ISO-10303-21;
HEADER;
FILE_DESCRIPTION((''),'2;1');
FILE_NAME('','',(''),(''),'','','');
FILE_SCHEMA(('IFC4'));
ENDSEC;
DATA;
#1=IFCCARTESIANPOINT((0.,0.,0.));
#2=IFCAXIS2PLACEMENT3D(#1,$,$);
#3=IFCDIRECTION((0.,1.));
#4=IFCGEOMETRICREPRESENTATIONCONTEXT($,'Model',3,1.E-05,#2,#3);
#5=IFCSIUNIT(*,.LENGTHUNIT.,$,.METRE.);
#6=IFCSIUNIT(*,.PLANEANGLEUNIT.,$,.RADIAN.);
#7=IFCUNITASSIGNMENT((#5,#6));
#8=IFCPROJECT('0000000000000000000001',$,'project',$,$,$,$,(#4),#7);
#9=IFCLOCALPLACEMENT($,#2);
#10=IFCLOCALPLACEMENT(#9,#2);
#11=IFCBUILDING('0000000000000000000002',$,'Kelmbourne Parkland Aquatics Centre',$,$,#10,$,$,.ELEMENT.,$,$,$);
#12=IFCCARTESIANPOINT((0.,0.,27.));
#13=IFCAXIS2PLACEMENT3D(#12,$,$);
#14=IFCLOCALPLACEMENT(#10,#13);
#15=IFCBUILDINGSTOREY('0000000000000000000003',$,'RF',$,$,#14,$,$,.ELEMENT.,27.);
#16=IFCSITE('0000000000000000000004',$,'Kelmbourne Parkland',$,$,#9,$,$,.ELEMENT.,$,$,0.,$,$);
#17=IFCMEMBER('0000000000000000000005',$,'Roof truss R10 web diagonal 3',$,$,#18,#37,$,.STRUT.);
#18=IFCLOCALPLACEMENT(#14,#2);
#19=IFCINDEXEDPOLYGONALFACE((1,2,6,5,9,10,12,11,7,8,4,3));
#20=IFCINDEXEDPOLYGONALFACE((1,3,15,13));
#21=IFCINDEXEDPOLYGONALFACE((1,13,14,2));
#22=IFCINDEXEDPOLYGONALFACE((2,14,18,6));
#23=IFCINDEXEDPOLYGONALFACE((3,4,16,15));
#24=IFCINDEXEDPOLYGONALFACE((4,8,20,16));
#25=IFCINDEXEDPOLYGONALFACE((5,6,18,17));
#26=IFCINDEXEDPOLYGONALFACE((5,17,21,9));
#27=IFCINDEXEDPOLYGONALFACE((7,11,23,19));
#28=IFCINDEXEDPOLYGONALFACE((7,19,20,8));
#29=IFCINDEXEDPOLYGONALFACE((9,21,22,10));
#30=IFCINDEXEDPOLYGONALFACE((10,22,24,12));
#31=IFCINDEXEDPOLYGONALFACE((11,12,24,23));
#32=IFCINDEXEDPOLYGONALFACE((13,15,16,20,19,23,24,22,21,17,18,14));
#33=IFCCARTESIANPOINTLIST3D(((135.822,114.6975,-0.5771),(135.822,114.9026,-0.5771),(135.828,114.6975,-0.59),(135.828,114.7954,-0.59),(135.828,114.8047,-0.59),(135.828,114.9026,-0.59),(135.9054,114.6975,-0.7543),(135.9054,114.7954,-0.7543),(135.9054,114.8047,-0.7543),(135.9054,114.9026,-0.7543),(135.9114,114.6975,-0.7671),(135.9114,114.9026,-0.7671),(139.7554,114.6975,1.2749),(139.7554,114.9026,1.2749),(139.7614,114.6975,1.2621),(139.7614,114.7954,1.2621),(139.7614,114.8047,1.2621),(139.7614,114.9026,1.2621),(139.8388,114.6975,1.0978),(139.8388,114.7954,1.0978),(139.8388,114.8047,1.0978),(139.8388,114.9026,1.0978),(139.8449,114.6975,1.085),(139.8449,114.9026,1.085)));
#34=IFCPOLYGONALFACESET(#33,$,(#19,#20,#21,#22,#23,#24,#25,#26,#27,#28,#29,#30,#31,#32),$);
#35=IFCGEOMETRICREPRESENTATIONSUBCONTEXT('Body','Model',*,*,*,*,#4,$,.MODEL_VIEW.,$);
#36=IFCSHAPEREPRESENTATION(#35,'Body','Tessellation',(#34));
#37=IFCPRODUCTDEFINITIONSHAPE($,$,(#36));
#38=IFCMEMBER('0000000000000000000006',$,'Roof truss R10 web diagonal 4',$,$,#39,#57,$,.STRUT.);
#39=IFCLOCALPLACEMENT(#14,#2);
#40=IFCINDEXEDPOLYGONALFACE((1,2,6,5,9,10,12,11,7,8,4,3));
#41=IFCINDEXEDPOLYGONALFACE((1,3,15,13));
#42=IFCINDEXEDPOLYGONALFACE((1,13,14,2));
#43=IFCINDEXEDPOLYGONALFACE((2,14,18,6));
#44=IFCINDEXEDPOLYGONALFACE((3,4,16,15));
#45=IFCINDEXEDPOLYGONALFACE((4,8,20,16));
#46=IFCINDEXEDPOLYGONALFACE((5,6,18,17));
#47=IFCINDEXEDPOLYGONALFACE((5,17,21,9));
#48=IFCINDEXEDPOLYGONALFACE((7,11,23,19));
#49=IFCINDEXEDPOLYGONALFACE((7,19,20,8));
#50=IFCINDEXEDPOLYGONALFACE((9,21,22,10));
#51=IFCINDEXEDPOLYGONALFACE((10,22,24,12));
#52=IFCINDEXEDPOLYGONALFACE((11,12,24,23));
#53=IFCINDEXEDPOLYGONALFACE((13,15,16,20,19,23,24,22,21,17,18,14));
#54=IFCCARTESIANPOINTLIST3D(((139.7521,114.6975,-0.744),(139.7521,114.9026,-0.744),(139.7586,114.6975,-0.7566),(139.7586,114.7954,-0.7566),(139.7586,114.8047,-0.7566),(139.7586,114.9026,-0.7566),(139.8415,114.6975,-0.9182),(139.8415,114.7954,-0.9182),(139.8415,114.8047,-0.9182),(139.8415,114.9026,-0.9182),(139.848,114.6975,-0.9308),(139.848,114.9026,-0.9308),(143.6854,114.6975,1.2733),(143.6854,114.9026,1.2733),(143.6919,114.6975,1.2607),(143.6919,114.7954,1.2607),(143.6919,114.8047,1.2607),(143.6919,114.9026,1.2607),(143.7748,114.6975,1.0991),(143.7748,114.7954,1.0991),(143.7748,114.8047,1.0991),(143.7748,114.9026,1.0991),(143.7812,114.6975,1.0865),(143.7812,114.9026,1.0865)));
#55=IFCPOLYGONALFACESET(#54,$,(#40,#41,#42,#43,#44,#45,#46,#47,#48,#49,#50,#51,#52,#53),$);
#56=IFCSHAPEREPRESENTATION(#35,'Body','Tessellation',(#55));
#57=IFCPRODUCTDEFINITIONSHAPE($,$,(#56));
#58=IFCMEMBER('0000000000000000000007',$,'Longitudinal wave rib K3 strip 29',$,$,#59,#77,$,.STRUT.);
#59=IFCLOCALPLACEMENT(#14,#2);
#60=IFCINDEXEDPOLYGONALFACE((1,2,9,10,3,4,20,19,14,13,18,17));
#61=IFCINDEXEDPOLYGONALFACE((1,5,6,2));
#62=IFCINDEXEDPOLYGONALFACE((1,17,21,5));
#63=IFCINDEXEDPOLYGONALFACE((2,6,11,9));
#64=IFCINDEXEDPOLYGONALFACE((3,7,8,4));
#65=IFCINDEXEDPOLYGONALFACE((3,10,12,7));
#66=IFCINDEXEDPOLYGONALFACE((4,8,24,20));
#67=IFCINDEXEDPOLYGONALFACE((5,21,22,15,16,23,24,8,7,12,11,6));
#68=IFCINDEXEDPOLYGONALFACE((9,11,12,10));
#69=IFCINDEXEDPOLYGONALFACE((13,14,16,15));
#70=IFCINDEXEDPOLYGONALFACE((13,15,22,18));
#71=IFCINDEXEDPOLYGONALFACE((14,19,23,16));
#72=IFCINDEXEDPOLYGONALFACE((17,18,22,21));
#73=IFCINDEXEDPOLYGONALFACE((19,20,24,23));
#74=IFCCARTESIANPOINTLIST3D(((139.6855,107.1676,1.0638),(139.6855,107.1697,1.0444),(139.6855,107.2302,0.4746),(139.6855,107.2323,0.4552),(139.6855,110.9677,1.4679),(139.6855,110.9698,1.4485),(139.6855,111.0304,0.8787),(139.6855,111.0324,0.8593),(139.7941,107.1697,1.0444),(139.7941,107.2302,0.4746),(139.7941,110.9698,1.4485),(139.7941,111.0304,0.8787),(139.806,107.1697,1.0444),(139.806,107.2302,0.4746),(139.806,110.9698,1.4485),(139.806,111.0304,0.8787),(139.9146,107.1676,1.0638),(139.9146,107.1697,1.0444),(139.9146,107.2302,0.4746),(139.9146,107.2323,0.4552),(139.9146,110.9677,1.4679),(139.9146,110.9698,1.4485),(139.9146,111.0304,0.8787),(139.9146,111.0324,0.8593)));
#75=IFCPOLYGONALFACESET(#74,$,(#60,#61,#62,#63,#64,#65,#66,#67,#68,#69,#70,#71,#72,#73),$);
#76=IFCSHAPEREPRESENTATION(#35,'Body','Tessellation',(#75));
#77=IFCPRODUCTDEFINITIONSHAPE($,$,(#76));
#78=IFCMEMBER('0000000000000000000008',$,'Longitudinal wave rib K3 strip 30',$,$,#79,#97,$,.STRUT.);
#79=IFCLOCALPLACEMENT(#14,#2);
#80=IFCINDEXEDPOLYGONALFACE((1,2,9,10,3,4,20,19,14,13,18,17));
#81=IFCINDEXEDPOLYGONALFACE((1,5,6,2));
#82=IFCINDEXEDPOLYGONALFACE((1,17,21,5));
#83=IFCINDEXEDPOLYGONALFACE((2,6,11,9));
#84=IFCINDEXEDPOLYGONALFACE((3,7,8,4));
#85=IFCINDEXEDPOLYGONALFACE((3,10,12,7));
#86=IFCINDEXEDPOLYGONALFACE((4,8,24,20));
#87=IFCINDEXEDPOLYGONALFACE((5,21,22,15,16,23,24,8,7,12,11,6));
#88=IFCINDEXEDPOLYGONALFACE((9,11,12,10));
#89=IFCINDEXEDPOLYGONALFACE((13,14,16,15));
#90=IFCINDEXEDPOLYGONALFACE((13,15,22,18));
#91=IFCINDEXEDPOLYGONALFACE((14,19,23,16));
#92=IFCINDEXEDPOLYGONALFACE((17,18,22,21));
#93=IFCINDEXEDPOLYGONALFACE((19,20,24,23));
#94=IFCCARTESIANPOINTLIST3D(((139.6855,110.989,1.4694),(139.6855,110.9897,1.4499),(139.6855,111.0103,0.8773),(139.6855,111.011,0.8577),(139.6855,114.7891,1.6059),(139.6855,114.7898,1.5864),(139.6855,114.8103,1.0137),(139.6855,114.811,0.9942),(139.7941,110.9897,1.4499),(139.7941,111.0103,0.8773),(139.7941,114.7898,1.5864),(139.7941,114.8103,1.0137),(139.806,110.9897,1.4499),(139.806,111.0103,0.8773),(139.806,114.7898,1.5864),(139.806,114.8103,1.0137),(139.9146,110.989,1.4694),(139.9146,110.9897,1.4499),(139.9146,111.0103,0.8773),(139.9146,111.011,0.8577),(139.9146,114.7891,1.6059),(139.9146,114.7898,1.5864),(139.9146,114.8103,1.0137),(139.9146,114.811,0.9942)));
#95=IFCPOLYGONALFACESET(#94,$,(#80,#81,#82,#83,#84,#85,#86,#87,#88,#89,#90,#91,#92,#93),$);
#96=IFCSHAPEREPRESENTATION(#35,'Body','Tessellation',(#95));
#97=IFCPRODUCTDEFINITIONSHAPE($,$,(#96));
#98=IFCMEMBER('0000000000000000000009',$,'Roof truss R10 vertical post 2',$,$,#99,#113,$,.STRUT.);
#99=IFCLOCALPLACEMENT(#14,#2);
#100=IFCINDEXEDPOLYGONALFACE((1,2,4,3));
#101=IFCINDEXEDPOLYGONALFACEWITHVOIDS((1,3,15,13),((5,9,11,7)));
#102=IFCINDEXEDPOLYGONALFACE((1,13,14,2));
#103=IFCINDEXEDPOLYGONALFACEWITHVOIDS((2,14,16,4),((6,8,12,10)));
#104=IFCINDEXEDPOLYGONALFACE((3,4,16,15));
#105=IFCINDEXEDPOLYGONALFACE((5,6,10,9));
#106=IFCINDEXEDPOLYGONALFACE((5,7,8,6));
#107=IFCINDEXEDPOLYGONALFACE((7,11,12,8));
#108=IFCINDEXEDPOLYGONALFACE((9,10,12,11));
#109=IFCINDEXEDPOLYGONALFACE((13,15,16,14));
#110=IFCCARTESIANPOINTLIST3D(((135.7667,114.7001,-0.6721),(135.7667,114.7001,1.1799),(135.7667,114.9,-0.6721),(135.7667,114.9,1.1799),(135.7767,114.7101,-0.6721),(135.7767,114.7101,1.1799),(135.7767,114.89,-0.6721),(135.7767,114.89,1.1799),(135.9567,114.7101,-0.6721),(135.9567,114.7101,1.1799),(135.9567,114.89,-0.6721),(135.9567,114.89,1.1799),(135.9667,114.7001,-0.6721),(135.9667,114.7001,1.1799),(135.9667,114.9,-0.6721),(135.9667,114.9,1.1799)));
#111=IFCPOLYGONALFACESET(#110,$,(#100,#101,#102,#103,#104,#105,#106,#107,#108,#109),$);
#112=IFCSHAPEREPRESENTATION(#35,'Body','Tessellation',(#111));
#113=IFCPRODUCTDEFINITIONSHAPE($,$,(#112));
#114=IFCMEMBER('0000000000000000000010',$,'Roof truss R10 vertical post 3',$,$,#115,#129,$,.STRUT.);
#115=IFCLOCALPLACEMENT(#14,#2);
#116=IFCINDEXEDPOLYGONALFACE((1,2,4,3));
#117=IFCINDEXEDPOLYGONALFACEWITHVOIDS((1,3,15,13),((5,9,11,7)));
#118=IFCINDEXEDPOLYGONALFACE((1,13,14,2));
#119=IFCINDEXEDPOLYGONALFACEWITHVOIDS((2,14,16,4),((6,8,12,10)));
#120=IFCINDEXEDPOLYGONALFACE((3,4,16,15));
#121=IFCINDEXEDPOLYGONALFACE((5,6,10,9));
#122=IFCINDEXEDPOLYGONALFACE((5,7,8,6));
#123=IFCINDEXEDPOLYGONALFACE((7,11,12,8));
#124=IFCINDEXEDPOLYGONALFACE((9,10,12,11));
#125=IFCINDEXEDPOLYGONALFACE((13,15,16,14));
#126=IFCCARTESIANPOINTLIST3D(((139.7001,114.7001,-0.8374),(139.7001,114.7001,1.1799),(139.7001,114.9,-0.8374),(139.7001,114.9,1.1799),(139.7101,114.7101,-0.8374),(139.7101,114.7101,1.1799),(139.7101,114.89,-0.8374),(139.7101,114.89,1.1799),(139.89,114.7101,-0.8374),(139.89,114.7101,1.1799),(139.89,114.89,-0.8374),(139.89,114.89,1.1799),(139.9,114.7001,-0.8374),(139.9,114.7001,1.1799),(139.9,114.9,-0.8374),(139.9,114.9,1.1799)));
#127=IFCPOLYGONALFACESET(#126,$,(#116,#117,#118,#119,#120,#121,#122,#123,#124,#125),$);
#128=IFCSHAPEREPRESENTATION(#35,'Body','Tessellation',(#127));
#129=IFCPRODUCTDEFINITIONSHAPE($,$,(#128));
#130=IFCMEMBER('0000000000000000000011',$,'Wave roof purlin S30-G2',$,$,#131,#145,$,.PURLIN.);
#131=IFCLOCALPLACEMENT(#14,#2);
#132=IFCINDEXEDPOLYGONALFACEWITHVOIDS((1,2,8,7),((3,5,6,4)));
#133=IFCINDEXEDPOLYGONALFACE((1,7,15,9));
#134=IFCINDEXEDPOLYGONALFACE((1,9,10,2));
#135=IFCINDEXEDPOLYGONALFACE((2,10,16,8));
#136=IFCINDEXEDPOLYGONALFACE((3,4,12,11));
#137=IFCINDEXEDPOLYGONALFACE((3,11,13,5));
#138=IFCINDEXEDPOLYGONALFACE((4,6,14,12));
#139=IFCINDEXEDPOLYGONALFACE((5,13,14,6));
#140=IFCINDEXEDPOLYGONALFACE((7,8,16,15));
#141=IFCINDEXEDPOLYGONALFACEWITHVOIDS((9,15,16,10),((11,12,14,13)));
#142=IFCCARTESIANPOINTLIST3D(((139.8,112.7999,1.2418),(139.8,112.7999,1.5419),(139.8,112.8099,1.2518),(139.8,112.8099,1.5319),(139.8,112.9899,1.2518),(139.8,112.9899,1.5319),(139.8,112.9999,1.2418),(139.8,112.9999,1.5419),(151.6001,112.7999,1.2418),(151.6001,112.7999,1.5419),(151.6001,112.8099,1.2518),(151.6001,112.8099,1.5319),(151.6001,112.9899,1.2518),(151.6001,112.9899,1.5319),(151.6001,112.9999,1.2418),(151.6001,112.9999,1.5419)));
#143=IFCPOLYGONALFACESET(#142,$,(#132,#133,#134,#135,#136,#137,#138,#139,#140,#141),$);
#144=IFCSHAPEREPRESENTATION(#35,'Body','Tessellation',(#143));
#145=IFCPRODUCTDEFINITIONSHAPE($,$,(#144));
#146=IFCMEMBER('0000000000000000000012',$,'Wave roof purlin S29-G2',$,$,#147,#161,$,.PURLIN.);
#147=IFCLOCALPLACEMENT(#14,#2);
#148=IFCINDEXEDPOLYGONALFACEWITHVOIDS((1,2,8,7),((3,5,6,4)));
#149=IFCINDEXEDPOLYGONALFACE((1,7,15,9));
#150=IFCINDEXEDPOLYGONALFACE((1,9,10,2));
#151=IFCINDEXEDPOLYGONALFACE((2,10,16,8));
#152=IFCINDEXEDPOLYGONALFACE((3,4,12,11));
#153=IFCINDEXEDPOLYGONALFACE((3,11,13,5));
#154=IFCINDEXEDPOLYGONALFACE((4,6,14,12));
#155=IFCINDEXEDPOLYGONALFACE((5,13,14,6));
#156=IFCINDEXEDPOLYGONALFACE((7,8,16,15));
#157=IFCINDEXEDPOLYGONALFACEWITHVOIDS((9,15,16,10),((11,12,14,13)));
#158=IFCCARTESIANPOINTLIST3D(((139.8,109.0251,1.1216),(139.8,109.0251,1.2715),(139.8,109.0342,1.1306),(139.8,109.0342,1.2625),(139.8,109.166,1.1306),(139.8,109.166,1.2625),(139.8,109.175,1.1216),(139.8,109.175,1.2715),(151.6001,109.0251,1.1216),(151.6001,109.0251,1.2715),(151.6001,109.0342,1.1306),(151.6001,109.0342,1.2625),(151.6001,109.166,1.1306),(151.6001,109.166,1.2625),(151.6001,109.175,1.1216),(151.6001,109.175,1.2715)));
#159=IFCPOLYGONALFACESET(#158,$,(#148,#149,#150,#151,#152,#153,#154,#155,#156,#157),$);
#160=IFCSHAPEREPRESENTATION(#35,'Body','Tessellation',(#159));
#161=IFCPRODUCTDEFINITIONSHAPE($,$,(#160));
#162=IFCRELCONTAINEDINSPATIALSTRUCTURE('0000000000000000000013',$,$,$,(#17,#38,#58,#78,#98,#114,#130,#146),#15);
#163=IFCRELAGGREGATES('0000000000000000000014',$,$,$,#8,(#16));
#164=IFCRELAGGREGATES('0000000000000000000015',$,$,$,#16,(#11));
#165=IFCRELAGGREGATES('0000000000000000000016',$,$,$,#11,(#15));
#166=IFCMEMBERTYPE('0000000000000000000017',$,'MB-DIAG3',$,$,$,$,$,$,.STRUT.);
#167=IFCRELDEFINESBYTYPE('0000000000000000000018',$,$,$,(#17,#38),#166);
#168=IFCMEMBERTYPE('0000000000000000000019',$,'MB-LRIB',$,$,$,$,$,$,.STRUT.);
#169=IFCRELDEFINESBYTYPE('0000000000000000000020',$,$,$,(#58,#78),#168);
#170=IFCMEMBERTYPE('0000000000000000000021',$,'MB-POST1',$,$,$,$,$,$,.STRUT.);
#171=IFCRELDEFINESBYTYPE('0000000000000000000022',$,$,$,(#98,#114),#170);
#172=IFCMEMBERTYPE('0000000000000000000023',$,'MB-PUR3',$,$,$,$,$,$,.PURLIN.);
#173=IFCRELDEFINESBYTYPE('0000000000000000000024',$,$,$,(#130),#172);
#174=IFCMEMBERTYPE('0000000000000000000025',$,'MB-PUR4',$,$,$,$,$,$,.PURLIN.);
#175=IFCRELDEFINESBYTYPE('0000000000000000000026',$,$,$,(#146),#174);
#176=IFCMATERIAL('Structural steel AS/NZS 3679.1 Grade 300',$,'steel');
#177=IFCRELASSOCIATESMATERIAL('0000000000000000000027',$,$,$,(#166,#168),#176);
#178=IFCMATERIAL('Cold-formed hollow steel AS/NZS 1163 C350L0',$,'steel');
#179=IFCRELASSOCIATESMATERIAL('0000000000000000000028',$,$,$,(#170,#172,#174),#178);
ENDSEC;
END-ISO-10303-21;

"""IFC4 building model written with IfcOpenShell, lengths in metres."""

from ifc_helpers import new_model, si_unit, direction, frame, origin, origin_2d, place, context, subcontext, project, spatial, hollow_rectangle, i_section, extrude, material, material_profile, profile_set, type_object, element, save


model = new_model("IFC4")

# Units and contexts
model_context = context("Model", 3, precision=1e-05, world=origin(), true_north=direction((0.0, 1.0)))
body_context = subcontext(model_context, "Body", "Model", "MODEL_VIEW")
ifc_project = project(units=[si_unit("LENGTHUNIT", "METRE"), si_unit("PLANEANGLEUNIT", "RADIAN")], contexts=[model_context])

# Site, building, storey
site_placement = place(None, origin())
site = spatial("IfcSite", under=ifc_project, at=site_placement, Name="Kelmbourne Parkland", CompositionType="ELEMENT", RefElevation=0.0)
building_placement = place(site_placement, origin())
building = spatial("IfcBuilding", under=site, at=building_placement, Name="Kelmbourne Parkland Aquatics Centre", CompositionType="ELEMENT")
storey_placement = place(building_placement, frame((0.0, 0.0, 27.0)))
storey = spatial("IfcBuildingStorey", under=building, at=storey_placement, Name="RF", CompositionType="ELEMENT", Elevation=27.0)

# Members
ifc_material_1 = material(Name="Structural steel AS/NZS 3679.1 Grade 300", Category="steel")
ifc_material_profile_1 = material_profile(ifc_material_1, i_section(OverallWidth=0.2051, OverallDepth=0.21, WebThickness=0.0093, FlangeThickness=0.0142, at=origin_2d()), Name="200UC59.5")
ifc_profile_set_1 = profile_set([ifc_material_profile_1], Name="Structural steel AS/NZS 3679.1 Grade 300")
member_type_1 = type_object("IfcMemberType", Name="MB-DIAG3", PredefinedType="STRUT", material=ifc_profile_set_1)
member_1_placement = place(storey_placement, frame((135.8667, 114.8, -0.6721), z_axis=(0.904725, 0.0, 0.425997), x_axis=(0.0, 1.0, 0.0)))
element("IfcMember", 1, at=member_1_placement, inside=storey, type_object=member_type_1, Name="Roof truss R10 web diagonal 3", PredefinedType="STRUT", context=body_context, shape_type="SweptSolid", body=[
    extrude(i_section(OverallWidth=0.2051, OverallDepth=0.21, WebThickness=0.0093, FlangeThickness=0.0142, at=origin_2d()), origin(), (0.0, 0.0, 1.0), 4.3477),
])
member_2_placement = place(storey_placement, frame((139.8, 114.8, -0.8374), z_axis=(0.889796, 0.0, 0.456358), x_axis=(0.0, 1.0, 0.0)))
element("IfcMember", 2, at=member_2_placement, inside=storey, type_object=member_type_1, Name="Roof truss R10 web diagonal 4", PredefinedType="STRUT", context=body_context, shape_type="SweptSolid", body=[
    extrude(i_section(OverallWidth=0.2051, OverallDepth=0.21, WebThickness=0.0093, FlangeThickness=0.0142, at=origin_2d()), origin(), (0.0, 0.0, 1.0), 4.4204),
])
ifc_material_profile_2 = material_profile(ifc_material_1, i_section(OverallWidth=0.229, OverallDepth=0.6121, WebThickness=0.012, FlangeThickness=0.0195, at=origin_2d()), Name="610UB125")
ifc_profile_set_2 = profile_set([ifc_material_profile_2], Name="Structural steel AS/NZS 3679.1 Grade 300")
member_type_2 = type_object("IfcMemberType", Name="MB-LRIB", PredefinedType="STRUT", material=ifc_profile_set_2)
member_3_placement = place(storey_placement, frame((139.8, 107.2, 0.7595), z_axis=(0.0, 0.994395, 0.105732), x_axis=(-1.0, 0.0, 0.0)))
element("IfcMember", 3, at=member_3_placement, inside=storey, type_object=member_type_2, Name="Longitudinal wave rib K3 strip 29", PredefinedType="STRUT", context=body_context, shape_type="SweptSolid", body=[
    extrude(i_section(OverallWidth=0.229, OverallDepth=0.6121, WebThickness=0.012, FlangeThickness=0.0195, at=origin_2d()), origin(), (0.0, 0.0, 1.0), 3.8215),
])
member_4_placement = place(storey_placement, frame((139.8, 111.0, 1.1636), z_axis=(0.0, 0.999356, 0.035891), x_axis=(-1.0, 0.0, 0.0)))
element("IfcMember", 4, at=member_4_placement, inside=storey, type_object=member_type_2, Name="Longitudinal wave rib K3 strip 30", PredefinedType="STRUT", context=body_context, shape_type="SweptSolid", body=[
    extrude(i_section(OverallWidth=0.229, OverallDepth=0.6121, WebThickness=0.012, FlangeThickness=0.0195, at=origin_2d()), origin(), (0.0, 0.0, 1.0), 3.8025),
])
ifc_material_2 = material(Name="Cold-formed hollow steel AS/NZS 1163 C350L0", Category="steel")
ifc_material_profile_3 = material_profile(ifc_material_2, hollow_rectangle(XDim=0.2, YDim=0.2, WallThickness=0.01, at=origin_2d()), Name="SHS 200x200x10.0")
ifc_profile_set_3 = profile_set([ifc_material_profile_3], Name="Cold-formed hollow steel AS/NZS 1163 C350L0")
member_type_3 = type_object("IfcMemberType", Name="MB-POST1", PredefinedType="STRUT", material=ifc_profile_set_3)
member_5_placement = place(storey_placement, frame((135.8667, 114.8, -0.6721), z_axis=(0.0, 0.0, 1.0), x_axis=(1.0, 0.0, 0.0)))
element("IfcMember", 5, at=member_5_placement, inside=storey, type_object=member_type_3, Name="Roof truss R10 vertical post 2", PredefinedType="STRUT", context=body_context, shape_type="SweptSolid", body=[
    extrude(hollow_rectangle(XDim=0.2, YDim=0.2, WallThickness=0.01, at=origin_2d()), origin(), (0.0, 0.0, 1.0), 1.8521),
])
member_6_placement = place(storey_placement, frame((139.8, 114.8, -0.8374), z_axis=(0.0, 0.0, 1.0), x_axis=(1.0, 0.0, 0.0)))
element("IfcMember", 6, at=member_6_placement, inside=storey, type_object=member_type_3, Name="Roof truss R10 vertical post 3", PredefinedType="STRUT", context=body_context, shape_type="SweptSolid", body=[
    extrude(hollow_rectangle(XDim=0.2, YDim=0.2, WallThickness=0.01, at=origin_2d()), origin(), (0.0, 0.0, 1.0), 2.0173),
])
ifc_material_profile_4 = material_profile(ifc_material_2, hollow_rectangle(XDim=0.2, YDim=0.3, WallThickness=0.01, at=origin_2d()), Name="RHS 300x200x10.0")
ifc_profile_set_4 = profile_set([ifc_material_profile_4], Name="Cold-formed hollow steel AS/NZS 1163 C350L0")
member_type_4 = type_object("IfcMemberType", Name="MB-PUR3", PredefinedType="PURLIN", material=ifc_profile_set_4)
member_7_placement = place(storey_placement, frame((139.8, 112.8999, 1.3918), z_axis=(1.0, 0.0, 0.0), x_axis=(0.0, 1.0, 0.0)))
element("IfcMember", 7, at=member_7_placement, inside=storey, type_object=member_type_4, Name="Wave roof purlin S30-G2", PredefinedType="PURLIN", context=body_context, shape_type="SweptSolid", body=[
    extrude(hollow_rectangle(XDim=0.2, YDim=0.3, WallThickness=0.01, at=origin_2d()), origin(), (0.0, 0.0, 1.0), 11.8),
])
ifc_material_profile_5 = material_profile(ifc_material_2, hollow_rectangle(XDim=0.1499, YDim=0.1499, WallThickness=0.009, at=origin_2d()), Name="SHS 150x150x9.0")
ifc_profile_set_5 = profile_set([ifc_material_profile_5], Name="Cold-formed hollow steel AS/NZS 1163 C350L0")
member_type_5 = type_object("IfcMemberType", Name="MB-PUR4", PredefinedType="PURLIN", material=ifc_profile_set_5)
member_8_placement = place(storey_placement, frame((139.8, 109.1001, 1.1965), z_axis=(1.0, 0.0, 0.0), x_axis=(0.0, 1.0, 0.0)))
element("IfcMember", 8, at=member_8_placement, inside=storey, type_object=member_type_5, Name="Wave roof purlin S29-G2", PredefinedType="PURLIN", context=body_context, shape_type="SweptSolid", body=[
    extrude(hollow_rectangle(XDim=0.1499, YDim=0.1499, WallThickness=0.009, at=origin_2d()), origin(), (0.0, 0.0, 1.0), 11.8),
])

save(model, "model.ifc")
